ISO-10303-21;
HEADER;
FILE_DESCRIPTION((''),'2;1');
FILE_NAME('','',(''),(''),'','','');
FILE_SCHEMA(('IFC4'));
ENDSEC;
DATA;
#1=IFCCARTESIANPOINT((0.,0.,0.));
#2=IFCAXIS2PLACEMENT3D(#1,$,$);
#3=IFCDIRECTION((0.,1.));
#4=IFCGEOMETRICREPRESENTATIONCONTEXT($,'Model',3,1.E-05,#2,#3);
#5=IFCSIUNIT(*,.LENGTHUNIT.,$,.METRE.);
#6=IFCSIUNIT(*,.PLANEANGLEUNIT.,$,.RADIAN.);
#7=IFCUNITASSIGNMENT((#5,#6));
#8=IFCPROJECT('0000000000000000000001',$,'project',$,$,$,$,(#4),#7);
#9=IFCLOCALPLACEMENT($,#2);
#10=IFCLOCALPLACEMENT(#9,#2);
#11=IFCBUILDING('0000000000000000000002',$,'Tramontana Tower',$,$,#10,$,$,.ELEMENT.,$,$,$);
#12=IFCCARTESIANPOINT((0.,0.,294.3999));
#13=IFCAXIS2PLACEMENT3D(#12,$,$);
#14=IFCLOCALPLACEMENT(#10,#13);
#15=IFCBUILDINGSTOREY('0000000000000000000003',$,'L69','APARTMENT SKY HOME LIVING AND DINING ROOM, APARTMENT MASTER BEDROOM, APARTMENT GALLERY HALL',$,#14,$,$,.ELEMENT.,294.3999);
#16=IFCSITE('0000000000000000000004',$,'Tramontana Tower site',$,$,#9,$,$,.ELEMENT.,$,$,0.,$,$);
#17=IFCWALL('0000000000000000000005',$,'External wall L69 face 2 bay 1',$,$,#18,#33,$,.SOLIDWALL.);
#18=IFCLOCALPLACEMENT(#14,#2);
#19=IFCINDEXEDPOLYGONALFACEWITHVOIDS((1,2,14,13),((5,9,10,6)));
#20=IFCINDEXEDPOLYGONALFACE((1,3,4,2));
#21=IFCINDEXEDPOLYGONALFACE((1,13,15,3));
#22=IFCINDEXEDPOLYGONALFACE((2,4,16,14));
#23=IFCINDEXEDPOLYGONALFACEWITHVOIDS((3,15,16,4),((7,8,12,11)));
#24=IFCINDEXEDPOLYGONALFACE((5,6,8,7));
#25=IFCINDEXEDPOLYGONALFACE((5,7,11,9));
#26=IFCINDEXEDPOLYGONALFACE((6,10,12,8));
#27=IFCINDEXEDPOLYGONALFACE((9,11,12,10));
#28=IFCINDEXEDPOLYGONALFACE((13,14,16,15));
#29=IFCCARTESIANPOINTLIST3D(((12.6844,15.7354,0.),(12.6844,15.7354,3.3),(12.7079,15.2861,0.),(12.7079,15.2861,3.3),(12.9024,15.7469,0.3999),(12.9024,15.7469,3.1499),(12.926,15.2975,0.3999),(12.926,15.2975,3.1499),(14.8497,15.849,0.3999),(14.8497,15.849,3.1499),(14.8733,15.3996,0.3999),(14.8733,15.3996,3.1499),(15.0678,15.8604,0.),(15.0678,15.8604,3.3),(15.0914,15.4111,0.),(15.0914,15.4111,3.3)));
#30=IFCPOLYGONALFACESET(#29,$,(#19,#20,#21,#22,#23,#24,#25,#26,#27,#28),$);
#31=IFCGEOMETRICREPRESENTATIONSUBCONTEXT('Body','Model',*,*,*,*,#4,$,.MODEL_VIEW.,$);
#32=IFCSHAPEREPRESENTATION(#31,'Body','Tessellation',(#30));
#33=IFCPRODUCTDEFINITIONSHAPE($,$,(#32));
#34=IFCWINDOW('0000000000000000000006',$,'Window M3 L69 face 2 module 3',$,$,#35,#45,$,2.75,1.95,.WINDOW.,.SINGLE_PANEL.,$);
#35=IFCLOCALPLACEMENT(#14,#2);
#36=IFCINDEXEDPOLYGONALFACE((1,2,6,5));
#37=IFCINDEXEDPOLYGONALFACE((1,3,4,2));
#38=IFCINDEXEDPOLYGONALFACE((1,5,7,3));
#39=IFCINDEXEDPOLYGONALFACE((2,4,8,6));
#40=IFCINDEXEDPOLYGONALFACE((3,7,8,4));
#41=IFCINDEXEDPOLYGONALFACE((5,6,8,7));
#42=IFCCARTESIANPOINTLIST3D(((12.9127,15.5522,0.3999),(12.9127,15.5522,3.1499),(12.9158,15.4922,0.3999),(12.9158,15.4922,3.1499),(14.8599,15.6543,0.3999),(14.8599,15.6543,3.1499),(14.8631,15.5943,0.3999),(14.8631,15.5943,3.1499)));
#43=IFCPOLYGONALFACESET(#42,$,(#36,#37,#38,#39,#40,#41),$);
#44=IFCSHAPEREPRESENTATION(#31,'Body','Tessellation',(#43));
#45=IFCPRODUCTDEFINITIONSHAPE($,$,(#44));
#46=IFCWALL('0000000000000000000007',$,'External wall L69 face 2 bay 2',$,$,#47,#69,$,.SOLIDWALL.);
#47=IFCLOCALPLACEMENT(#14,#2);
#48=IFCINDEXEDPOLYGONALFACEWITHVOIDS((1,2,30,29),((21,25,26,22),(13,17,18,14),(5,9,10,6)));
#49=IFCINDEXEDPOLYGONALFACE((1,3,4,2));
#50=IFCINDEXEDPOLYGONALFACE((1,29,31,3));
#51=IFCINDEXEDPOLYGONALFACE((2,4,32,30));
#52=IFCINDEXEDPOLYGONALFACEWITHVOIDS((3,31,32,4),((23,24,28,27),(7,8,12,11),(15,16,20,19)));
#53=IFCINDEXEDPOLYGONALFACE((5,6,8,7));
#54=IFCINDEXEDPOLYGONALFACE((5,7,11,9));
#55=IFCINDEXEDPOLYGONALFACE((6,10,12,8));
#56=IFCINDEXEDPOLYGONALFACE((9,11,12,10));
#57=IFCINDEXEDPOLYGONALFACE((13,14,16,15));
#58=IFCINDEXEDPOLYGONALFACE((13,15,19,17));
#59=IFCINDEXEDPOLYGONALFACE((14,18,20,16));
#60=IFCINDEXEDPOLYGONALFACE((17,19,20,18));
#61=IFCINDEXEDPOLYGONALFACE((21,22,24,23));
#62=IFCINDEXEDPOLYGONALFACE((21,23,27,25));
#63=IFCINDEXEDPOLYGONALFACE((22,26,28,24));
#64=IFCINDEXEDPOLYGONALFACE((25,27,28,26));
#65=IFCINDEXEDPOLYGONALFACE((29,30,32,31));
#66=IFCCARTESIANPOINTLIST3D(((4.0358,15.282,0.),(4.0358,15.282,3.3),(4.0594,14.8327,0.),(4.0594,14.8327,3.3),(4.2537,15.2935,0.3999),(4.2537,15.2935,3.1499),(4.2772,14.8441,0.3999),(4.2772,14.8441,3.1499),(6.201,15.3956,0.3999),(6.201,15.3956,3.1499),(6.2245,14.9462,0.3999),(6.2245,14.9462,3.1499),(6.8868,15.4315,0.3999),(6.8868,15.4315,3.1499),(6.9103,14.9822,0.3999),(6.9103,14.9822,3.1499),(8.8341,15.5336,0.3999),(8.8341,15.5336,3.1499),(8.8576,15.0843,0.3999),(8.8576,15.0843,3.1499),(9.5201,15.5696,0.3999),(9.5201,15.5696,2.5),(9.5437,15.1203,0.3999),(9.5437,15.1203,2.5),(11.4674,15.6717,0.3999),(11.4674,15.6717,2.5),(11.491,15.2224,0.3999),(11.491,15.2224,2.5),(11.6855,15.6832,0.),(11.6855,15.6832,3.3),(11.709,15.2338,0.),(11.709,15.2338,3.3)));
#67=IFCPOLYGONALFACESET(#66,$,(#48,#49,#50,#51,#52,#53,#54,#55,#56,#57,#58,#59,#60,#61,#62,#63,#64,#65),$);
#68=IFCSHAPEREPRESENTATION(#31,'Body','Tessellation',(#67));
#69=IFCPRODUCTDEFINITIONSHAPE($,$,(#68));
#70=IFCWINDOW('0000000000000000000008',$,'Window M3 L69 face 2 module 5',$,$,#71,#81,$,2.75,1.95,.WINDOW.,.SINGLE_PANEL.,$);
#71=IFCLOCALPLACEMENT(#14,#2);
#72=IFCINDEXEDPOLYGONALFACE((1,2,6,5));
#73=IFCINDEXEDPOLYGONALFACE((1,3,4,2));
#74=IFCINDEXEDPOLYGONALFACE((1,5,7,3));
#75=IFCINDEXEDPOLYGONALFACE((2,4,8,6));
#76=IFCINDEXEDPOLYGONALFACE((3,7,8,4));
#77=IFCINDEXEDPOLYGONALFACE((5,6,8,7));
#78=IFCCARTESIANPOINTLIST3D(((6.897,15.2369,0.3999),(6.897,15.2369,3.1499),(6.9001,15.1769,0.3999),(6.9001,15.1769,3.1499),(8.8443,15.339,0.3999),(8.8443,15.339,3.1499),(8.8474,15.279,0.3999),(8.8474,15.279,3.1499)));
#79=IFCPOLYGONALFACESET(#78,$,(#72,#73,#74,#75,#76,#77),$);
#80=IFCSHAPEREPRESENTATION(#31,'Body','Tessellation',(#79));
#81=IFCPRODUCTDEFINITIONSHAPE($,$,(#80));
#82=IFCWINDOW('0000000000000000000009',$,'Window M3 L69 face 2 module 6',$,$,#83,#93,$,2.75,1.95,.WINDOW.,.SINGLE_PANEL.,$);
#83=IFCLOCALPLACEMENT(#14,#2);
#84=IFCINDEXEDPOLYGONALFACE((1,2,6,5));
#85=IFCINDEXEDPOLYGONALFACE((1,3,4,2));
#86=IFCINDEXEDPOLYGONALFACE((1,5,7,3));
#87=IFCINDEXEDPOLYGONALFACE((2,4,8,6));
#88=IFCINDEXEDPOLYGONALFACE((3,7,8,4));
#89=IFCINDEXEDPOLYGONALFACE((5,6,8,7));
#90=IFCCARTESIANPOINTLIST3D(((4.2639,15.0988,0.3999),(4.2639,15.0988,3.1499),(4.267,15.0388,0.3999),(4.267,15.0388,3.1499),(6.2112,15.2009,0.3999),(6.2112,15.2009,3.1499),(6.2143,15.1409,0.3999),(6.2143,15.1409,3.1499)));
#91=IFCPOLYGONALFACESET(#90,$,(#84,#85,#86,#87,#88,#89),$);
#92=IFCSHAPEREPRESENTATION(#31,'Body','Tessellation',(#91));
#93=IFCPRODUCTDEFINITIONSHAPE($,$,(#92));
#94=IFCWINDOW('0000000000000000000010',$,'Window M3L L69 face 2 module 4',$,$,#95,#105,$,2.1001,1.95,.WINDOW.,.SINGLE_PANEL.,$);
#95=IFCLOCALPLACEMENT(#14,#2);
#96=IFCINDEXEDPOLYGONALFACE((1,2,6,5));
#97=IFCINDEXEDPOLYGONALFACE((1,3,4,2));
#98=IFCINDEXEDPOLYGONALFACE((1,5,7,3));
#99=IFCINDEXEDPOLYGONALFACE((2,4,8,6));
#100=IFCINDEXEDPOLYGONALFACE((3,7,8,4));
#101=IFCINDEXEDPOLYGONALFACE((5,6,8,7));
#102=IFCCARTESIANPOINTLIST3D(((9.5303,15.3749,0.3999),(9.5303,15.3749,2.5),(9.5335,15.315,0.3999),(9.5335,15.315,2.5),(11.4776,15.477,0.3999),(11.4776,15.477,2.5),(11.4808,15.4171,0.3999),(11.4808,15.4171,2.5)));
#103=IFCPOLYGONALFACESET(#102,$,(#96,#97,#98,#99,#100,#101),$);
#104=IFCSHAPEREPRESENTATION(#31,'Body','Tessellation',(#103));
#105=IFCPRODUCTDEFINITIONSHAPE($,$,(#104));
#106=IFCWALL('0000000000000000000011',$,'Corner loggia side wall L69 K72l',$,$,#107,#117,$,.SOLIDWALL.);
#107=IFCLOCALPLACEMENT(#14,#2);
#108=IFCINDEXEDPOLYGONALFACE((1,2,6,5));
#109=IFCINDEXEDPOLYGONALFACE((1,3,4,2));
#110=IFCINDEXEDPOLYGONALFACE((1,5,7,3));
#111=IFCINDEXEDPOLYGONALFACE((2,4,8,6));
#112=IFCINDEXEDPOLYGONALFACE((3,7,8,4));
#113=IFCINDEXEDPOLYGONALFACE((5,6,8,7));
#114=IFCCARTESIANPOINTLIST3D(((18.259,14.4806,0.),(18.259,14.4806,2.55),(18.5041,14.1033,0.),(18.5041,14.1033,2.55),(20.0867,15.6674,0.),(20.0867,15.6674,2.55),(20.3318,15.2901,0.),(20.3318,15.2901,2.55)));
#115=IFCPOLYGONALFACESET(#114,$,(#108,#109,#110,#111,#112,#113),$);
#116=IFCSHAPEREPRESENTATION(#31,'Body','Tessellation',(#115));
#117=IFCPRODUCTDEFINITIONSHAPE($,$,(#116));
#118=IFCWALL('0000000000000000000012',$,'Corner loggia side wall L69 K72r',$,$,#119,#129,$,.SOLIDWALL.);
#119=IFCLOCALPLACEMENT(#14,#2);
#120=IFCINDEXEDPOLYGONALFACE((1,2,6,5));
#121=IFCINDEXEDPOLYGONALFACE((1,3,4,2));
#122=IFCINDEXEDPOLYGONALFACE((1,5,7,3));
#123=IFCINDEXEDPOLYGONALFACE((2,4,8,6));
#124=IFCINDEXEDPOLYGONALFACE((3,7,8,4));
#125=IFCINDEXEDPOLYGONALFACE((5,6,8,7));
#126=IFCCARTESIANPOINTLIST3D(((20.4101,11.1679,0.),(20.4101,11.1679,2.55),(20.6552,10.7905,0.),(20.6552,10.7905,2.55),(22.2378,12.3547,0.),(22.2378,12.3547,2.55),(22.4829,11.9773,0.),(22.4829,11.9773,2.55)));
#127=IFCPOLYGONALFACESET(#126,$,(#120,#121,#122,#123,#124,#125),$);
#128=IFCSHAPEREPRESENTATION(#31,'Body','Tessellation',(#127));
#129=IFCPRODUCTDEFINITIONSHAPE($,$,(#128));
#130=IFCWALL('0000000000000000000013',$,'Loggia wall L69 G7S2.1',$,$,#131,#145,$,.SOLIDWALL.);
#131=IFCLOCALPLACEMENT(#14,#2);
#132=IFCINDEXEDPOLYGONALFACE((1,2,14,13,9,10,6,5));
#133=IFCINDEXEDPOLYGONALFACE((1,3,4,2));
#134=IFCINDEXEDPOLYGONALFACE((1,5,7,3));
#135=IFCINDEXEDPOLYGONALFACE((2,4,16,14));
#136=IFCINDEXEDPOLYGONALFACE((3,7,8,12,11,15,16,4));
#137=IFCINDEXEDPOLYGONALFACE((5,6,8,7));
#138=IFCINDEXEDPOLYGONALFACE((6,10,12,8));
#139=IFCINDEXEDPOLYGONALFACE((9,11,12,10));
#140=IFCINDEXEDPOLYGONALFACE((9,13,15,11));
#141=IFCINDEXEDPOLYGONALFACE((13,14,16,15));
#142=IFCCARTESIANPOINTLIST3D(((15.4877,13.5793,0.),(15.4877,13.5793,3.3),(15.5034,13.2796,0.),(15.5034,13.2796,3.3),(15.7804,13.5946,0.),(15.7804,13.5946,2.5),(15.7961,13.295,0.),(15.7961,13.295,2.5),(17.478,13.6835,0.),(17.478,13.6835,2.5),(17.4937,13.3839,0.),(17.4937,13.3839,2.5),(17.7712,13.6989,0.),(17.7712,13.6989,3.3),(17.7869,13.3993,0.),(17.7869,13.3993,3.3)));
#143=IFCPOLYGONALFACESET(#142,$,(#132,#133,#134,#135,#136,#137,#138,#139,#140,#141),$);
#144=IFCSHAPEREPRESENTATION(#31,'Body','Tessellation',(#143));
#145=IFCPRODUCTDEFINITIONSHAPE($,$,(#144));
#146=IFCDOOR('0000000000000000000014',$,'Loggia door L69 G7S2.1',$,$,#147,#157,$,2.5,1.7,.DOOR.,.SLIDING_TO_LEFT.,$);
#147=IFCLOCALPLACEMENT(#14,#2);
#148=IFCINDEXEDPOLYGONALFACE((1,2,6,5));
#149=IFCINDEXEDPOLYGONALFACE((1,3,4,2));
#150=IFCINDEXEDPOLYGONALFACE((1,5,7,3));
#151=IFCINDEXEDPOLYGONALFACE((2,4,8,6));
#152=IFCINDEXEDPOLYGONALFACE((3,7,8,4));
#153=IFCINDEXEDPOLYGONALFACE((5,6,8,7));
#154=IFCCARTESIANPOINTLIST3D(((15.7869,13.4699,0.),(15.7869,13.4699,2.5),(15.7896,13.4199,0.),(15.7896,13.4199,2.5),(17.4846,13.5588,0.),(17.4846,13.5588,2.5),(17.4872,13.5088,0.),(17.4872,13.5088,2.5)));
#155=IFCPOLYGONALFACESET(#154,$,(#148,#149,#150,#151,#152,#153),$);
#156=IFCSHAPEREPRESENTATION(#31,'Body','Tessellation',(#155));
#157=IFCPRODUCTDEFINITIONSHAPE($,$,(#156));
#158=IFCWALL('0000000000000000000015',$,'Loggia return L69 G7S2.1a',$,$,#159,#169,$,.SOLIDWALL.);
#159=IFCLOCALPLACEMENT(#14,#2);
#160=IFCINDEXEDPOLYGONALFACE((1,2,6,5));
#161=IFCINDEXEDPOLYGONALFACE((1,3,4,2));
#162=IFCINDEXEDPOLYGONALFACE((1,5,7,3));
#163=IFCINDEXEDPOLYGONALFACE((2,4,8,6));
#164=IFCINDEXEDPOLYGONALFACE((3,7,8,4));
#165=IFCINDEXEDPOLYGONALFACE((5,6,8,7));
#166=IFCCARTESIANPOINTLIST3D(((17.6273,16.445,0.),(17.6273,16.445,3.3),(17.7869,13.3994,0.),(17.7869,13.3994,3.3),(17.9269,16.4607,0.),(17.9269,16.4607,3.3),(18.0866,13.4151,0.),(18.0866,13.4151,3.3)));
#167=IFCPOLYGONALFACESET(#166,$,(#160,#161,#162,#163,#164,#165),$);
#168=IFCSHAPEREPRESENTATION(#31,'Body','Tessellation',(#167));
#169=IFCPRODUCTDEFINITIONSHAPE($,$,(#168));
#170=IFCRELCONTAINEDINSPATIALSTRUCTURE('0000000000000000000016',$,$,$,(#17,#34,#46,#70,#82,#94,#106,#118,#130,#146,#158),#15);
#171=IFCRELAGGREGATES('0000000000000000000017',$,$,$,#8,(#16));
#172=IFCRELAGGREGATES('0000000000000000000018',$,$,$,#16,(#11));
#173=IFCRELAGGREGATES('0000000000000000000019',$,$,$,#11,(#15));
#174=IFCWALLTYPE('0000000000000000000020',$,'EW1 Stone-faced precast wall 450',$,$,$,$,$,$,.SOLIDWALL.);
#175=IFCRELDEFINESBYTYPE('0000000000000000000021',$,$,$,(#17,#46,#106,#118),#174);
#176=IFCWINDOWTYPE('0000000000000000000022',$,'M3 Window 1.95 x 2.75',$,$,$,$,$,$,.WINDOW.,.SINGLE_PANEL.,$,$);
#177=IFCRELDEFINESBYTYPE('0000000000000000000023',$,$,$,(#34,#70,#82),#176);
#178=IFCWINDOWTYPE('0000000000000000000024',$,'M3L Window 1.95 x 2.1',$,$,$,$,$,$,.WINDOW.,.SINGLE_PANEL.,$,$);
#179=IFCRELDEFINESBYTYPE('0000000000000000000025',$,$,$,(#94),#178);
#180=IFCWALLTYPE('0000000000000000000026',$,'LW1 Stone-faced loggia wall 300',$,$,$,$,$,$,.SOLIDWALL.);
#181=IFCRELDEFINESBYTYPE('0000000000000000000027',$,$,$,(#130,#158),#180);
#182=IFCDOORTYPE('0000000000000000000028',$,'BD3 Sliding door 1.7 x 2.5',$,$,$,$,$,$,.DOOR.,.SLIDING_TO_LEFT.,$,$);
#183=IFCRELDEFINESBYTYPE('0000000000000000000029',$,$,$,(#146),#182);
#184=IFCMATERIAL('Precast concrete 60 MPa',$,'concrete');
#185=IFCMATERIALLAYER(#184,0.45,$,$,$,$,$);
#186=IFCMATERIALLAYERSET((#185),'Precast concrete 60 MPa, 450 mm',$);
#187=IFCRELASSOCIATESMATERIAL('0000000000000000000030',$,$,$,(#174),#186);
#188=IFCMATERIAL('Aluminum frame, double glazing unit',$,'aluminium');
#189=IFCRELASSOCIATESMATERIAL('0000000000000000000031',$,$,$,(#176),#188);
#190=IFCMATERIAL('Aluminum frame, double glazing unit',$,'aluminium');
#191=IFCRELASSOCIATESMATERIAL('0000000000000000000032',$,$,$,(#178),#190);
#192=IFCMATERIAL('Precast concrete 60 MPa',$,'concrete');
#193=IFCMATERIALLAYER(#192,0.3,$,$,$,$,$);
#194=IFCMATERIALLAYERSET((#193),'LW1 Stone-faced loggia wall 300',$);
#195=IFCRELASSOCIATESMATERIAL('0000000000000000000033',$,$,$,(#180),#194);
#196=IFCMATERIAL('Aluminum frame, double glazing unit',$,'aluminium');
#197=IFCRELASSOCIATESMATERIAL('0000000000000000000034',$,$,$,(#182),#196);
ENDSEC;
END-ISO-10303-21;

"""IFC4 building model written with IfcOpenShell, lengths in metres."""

from ifc_helpers import new_model, si_unit, direction, frame, frame_2d, origin, place, context, subcontext, project, spatial, rectangle, extrude, material, layer, layer_set, type_object, element, fill, save


model = new_model("IFC4")

# Units and contexts
model_context = context("Model", 3, precision=1e-05, world=origin(), true_north=direction((0.0, 1.0)))
body_context = subcontext(model_context, "Body", "Model", "MODEL_VIEW")
ifc_project = project(units=[si_unit("LENGTHUNIT", "METRE"), si_unit("PLANEANGLEUNIT", "RADIAN")], contexts=[model_context])

# Site, building, storey
site_placement = place(None, origin())
site = spatial("IfcSite", under=ifc_project, at=site_placement, Name="Tramontana Tower site", CompositionType="ELEMENT", RefElevation=0.0)
building_placement = place(site_placement, origin())
building = spatial("IfcBuilding", under=site, at=building_placement, Name="Tramontana Tower", CompositionType="ELEMENT")
storey_placement = place(building_placement, frame((0.0, 0.0, 294.3999)))
storey = spatial("IfcBuildingStorey", under=building, at=storey_placement, Name="L69", Description="APARTMENT SKY HOME LIVING AND DINING ROOM, APARTMENT MASTER BEDROOM, APARTMENT GALLERY HALL", CompositionType="ELEMENT", Elevation=294.3999)

# Wall, opening, window
ifc_material_1 = material(Name="Precast concrete 60 MPa", Category="concrete")
ifc_layer_1 = layer(ifc_material_1, 0.45)
ifc_layer_set_1 = layer_set([ifc_layer_1], Name="Precast concrete 60 MPa, 450 mm")
wall_type_1 = type_object("IfcWallType", Name="EW1 Stone-faced precast wall 450", PredefinedType="SOLIDWALL", material=ifc_layer_set_1)
wall_1_placement = place(storey_placement, frame((15.0796, 15.6357, 0.0), z_axis=(0.0, 0.0, 1.0), x_axis=(-0.998628, -0.052371, 0.0)))
wall_1 = element("IfcWall", 1, at=wall_1_placement, inside=storey, type_object=wall_type_1, Name="External wall L69 face 2 bay 1", PredefinedType="SOLIDWALL", context=body_context, shape_type="SweptSolid", body=[
    extrude(rectangle(XDim=2.3867, YDim=0.45, at=frame_2d((1.1934, 0.0))), origin(), (0.0, 0.0, 1.0), 3.3),
])
opening_1_placement = place(wall_1_placement, frame((0.2183, 0.0, 0.3999)))
opening_1 = element("IfcOpeningElement", 2, at=opening_1_placement, cuts=wall_1, PredefinedType="OPENING", context=body_context, shape_type="SweptSolid", body=[
    extrude(rectangle(XDim=1.95, YDim=2.75, at=frame_2d((0.9751, 1.375))), frame((0.0, 0.2349, 0.0), z_axis=(0.0, -1.0, 0.0), x_axis=(1.0, 0.0, 0.0)), (0.0, 0.0, 1.0), 0.47),
])
ifc_material_2 = material(Name="Aluminum frame, double glazing unit", Category="aluminium")
window_type_1 = type_object("IfcWindowType", Name="M3 Window 1.95 x 2.75", PartitioningType="SINGLE_PANEL", PredefinedType="WINDOW", material=ifc_material_2)
window_1_placement = place(opening_1_placement, origin())
window_1 = element("IfcWindow", 3, at=window_1_placement, inside=storey, type_object=window_type_1, Name="Window M3 L69 face 2 module 3", OverallHeight=2.75, OverallWidth=1.95, PartitioningType="SINGLE_PANEL", PredefinedType="WINDOW", context=body_context, shape_type="SweptSolid", body=[
    extrude(rectangle(XDim=1.95, YDim=2.75, at=frame_2d((0.9751, 1.375))), frame((0.0, 0.03, 0.0), z_axis=(0.0, -1.0, 0.0), x_axis=(1.0, 0.0, 0.0)), (0.0, 0.0, 1.0), 0.0601),
])
fill(opening_1, window_1)

# Wall, openings, windows
wall_2_placement = place(storey_placement, frame((11.6973, 15.4585, 0.0), z_axis=(0.0, 0.0, 1.0), x_axis=(-0.998628, -0.052365, 0.0)))
wall_2 = element("IfcWall", 4, at=wall_2_placement, inside=storey, type_object=wall_type_1, Name="External wall L69 face 2 bay 2", PredefinedType="SOLIDWALL", context=body_context, shape_type="SweptSolid", body=[
    extrude(rectangle(XDim=7.6602, YDim=0.45, at=frame_2d((3.8301, 0.0))), origin(), (0.0, 0.0, 1.0), 3.3),
])
opening_2_placement = place(wall_2_placement, frame((0.2183, 0.0, 0.3999)))
opening_2 = element("IfcOpeningElement", 5, at=opening_2_placement, cuts=wall_2, PredefinedType="OPENING", context=body_context, shape_type="SweptSolid", body=[
    extrude(rectangle(XDim=1.95, YDim=2.1001, at=frame_2d((0.9751, 1.05))), frame((0.0, 0.2349, 0.0), z_axis=(0.0, -1.0, 0.0), x_axis=(1.0, 0.0, 0.0)), (0.0, 0.0, 1.0), 0.47),
])
opening_3_placement = place(wall_2_placement, frame((2.8552, 0.0, 0.3999)))
opening_3 = element("IfcOpeningElement", 6, at=opening_3_placement, cuts=wall_2, PredefinedType="OPENING", context=body_context, shape_type="SweptSolid", body=[
    extrude(rectangle(XDim=1.95, YDim=2.75, at=frame_2d((0.9751, 1.375))), frame((0.0, 0.2349, 0.0), z_axis=(0.0, -1.0, 0.0), x_axis=(1.0, 0.0, 0.0)), (0.0, 0.0, 1.0), 0.47),
])
opening_4_placement = place(wall_2_placement, frame((5.4919, 0.0, 0.3999)))
opening_4 = element("IfcOpeningElement", 7, at=opening_4_placement, cuts=wall_2, PredefinedType="OPENING", context=body_context, shape_type="SweptSolid", body=[
    extrude(rectangle(XDim=1.95, YDim=2.75, at=frame_2d((0.9751, 1.375))), frame((0.0, 0.2349, 0.0), z_axis=(0.0, -1.0, 0.0), x_axis=(1.0, 0.0, 0.0)), (0.0, 0.0, 1.0), 0.47),
])
window_2_placement = place(opening_3_placement, origin())
window_2 = element("IfcWindow", 8, at=window_2_placement, inside=storey, type_object=window_type_1, Name="Window M3 L69 face 2 module 5", OverallHeight=2.75, OverallWidth=1.95, PartitioningType="SINGLE_PANEL", PredefinedType="WINDOW", context=body_context, shape_type="SweptSolid", body=[
    extrude(rectangle(XDim=1.95, YDim=2.75, at=frame_2d((0.9751, 1.375))), frame((0.0, 0.03, 0.0), z_axis=(0.0, -1.0, 0.0), x_axis=(1.0, 0.0, 0.0)), (0.0, 0.0, 1.0), 0.0601),
])
fill(opening_3, window_2)
window_3_placement = place(opening_4_placement, origin())
window_3 = element("IfcWindow", 9, at=window_3_placement, inside=storey, type_object=window_type_1, Name="Window M3 L69 face 2 module 6", OverallHeight=2.75, OverallWidth=1.95, PartitioningType="SINGLE_PANEL", PredefinedType="WINDOW", context=body_context, shape_type="SweptSolid", body=[
    extrude(rectangle(XDim=1.95, YDim=2.75, at=frame_2d((0.9751, 1.375))), frame((0.0, 0.03, 0.0), z_axis=(0.0, -1.0, 0.0), x_axis=(1.0, 0.0, 0.0)), (0.0, 0.0, 1.0), 0.0601),
])
fill(opening_4, window_3)
ifc_material_3 = material(Name="Aluminum frame, double glazing unit", Category="aluminium")
window_type_2 = type_object("IfcWindowType", Name="M3L Window 1.95 x 2.1", PartitioningType="SINGLE_PANEL", PredefinedType="WINDOW", material=ifc_material_3)
window_4_placement = place(opening_2_placement, origin())
window_4 = element("IfcWindow", 10, at=window_4_placement, inside=storey, type_object=window_type_2, Name="Window M3L L69 face 2 module 4", OverallHeight=2.1001, OverallWidth=1.95, PartitioningType="SINGLE_PANEL", PredefinedType="WINDOW", context=body_context, shape_type="SweptSolid", body=[
    extrude(rectangle(XDim=1.95, YDim=2.1001, at=frame_2d((0.9751, 1.05))), frame((0.0, 0.03, 0.0), z_axis=(0.0, -1.0, 0.0), x_axis=(1.0, 0.0, 0.0)), (0.0, 0.0, 1.0), 0.0601),
])
fill(opening_2, window_4)

# Walls
for number, where, z_axis, x_axis, name in (
    (11, (20.2092, 15.4788, 0.0), (0.0, 0.0, 1.0), (-0.838694, -0.544602, 0.0), "Corner loggia side wall L69 K72l"),
    (12, (22.3604, 12.166, 0.0), (0.0, 0.0, 1.0), (-0.838694, -0.544602, 0.0), "Corner loggia side wall L69 K72r"),
):
    element("IfcWall", number, at=place(storey_placement, frame(where, z_axis=z_axis, x_axis=x_axis)), inside=storey, type_object=wall_type_1, Name=name, PredefinedType="SOLIDWALL", context=body_context, shape_type="SweptSolid", body=[
        extrude(rectangle(XDim=2.1792, YDim=0.45, at=frame_2d((1.0896, 0.0))), origin(), (0.0, 0.0, 1.0), 2.55),
    ])

# Wall, opening, door
ifc_material_4 = material(Name="Precast concrete 60 MPa", Category="concrete")
ifc_layer_2 = layer(ifc_material_4, 0.3)
ifc_layer_set_2 = layer_set([ifc_layer_2], Name="LW1 Stone-faced loggia wall 300")
wall_type_2 = type_object("IfcWallType", Name="LW1 Stone-faced loggia wall 300", PredefinedType="SOLIDWALL", material=ifc_layer_set_2)
wall_3_placement = place(storey_placement, frame((17.7791, 13.5491, 0.0), z_axis=(0.0, 0.0, 1.0), x_axis=(-0.99863, -0.052318, 0.0)))
wall_3 = element("IfcWall", 13, at=wall_3_placement, inside=storey, type_object=wall_type_2, Name="Loggia wall L69 G7S2.1", PredefinedType="SOLIDWALL", context=body_context, shape_type="SweptSolid", body=[
    extrude(rectangle(XDim=2.2866, YDim=0.3, at=frame_2d((1.1433, 0.0))), origin(), (0.0, 0.0, 1.0), 3.3),
])
opening_5_placement = place(wall_3_placement, frame((0.2935, 0.0, 0.0)))
opening_5 = element("IfcOpeningElement", 14, at=opening_5_placement, cuts=wall_3, PredefinedType="OPENING", context=body_context, shape_type="SweptSolid", body=[
    extrude(rectangle(XDim=1.7, YDim=2.5, at=frame_2d((0.8501, 1.25))), frame((0.0, 0.1599, 0.0), z_axis=(0.0, -1.0, 0.0), x_axis=(1.0, 0.0, 0.0)), (0.0, 0.0, 1.0), 0.3201),
])
ifc_material_5 = material(Name="Aluminum frame, double glazing unit", Category="aluminium")
door_type_1 = type_object("IfcDoorType", Name="BD3 Sliding door 1.7 x 2.5", OperationType="SLIDING_TO_LEFT", PredefinedType="DOOR", material=ifc_material_5)
door_1_placement = place(opening_5_placement, origin())
door_1 = element("IfcDoor", 15, at=door_1_placement, inside=storey, type_object=door_type_1, Name="Loggia door L69 G7S2.1", OperationType="SLIDING_TO_LEFT", OverallHeight=2.5, OverallWidth=1.7, PredefinedType="DOOR", context=body_context, shape_type="SweptSolid", body=[
    extrude(rectangle(XDim=1.7, YDim=2.5, at=frame_2d((0.8501, 1.25))), frame((0.0, 0.0249, 0.0), z_axis=(0.0, -1.0, 0.0), x_axis=(1.0, 0.0, 0.0)), (0.0, 0.0, 1.0), 0.05),
])
fill(opening_5, door_1)

# Wall
wall_4_placement = place(storey_placement, frame((17.7771, 16.4529, 0.0), z_axis=(0.0, 0.0, 1.0), x_axis=(0.052353, -0.998629, 0.0)))
element("IfcWall", 16, at=wall_4_placement, inside=storey, type_object=wall_type_2, Name="Loggia return L69 G7S2.1a", PredefinedType="SOLIDWALL", context=body_context, shape_type="SweptSolid", body=[
    extrude(rectangle(XDim=3.0498, YDim=0.3, at=frame_2d((1.5249, 0.0))), origin(), (0.0, 0.0, 1.0), 3.3),
])

save(model, "model.ifc")
